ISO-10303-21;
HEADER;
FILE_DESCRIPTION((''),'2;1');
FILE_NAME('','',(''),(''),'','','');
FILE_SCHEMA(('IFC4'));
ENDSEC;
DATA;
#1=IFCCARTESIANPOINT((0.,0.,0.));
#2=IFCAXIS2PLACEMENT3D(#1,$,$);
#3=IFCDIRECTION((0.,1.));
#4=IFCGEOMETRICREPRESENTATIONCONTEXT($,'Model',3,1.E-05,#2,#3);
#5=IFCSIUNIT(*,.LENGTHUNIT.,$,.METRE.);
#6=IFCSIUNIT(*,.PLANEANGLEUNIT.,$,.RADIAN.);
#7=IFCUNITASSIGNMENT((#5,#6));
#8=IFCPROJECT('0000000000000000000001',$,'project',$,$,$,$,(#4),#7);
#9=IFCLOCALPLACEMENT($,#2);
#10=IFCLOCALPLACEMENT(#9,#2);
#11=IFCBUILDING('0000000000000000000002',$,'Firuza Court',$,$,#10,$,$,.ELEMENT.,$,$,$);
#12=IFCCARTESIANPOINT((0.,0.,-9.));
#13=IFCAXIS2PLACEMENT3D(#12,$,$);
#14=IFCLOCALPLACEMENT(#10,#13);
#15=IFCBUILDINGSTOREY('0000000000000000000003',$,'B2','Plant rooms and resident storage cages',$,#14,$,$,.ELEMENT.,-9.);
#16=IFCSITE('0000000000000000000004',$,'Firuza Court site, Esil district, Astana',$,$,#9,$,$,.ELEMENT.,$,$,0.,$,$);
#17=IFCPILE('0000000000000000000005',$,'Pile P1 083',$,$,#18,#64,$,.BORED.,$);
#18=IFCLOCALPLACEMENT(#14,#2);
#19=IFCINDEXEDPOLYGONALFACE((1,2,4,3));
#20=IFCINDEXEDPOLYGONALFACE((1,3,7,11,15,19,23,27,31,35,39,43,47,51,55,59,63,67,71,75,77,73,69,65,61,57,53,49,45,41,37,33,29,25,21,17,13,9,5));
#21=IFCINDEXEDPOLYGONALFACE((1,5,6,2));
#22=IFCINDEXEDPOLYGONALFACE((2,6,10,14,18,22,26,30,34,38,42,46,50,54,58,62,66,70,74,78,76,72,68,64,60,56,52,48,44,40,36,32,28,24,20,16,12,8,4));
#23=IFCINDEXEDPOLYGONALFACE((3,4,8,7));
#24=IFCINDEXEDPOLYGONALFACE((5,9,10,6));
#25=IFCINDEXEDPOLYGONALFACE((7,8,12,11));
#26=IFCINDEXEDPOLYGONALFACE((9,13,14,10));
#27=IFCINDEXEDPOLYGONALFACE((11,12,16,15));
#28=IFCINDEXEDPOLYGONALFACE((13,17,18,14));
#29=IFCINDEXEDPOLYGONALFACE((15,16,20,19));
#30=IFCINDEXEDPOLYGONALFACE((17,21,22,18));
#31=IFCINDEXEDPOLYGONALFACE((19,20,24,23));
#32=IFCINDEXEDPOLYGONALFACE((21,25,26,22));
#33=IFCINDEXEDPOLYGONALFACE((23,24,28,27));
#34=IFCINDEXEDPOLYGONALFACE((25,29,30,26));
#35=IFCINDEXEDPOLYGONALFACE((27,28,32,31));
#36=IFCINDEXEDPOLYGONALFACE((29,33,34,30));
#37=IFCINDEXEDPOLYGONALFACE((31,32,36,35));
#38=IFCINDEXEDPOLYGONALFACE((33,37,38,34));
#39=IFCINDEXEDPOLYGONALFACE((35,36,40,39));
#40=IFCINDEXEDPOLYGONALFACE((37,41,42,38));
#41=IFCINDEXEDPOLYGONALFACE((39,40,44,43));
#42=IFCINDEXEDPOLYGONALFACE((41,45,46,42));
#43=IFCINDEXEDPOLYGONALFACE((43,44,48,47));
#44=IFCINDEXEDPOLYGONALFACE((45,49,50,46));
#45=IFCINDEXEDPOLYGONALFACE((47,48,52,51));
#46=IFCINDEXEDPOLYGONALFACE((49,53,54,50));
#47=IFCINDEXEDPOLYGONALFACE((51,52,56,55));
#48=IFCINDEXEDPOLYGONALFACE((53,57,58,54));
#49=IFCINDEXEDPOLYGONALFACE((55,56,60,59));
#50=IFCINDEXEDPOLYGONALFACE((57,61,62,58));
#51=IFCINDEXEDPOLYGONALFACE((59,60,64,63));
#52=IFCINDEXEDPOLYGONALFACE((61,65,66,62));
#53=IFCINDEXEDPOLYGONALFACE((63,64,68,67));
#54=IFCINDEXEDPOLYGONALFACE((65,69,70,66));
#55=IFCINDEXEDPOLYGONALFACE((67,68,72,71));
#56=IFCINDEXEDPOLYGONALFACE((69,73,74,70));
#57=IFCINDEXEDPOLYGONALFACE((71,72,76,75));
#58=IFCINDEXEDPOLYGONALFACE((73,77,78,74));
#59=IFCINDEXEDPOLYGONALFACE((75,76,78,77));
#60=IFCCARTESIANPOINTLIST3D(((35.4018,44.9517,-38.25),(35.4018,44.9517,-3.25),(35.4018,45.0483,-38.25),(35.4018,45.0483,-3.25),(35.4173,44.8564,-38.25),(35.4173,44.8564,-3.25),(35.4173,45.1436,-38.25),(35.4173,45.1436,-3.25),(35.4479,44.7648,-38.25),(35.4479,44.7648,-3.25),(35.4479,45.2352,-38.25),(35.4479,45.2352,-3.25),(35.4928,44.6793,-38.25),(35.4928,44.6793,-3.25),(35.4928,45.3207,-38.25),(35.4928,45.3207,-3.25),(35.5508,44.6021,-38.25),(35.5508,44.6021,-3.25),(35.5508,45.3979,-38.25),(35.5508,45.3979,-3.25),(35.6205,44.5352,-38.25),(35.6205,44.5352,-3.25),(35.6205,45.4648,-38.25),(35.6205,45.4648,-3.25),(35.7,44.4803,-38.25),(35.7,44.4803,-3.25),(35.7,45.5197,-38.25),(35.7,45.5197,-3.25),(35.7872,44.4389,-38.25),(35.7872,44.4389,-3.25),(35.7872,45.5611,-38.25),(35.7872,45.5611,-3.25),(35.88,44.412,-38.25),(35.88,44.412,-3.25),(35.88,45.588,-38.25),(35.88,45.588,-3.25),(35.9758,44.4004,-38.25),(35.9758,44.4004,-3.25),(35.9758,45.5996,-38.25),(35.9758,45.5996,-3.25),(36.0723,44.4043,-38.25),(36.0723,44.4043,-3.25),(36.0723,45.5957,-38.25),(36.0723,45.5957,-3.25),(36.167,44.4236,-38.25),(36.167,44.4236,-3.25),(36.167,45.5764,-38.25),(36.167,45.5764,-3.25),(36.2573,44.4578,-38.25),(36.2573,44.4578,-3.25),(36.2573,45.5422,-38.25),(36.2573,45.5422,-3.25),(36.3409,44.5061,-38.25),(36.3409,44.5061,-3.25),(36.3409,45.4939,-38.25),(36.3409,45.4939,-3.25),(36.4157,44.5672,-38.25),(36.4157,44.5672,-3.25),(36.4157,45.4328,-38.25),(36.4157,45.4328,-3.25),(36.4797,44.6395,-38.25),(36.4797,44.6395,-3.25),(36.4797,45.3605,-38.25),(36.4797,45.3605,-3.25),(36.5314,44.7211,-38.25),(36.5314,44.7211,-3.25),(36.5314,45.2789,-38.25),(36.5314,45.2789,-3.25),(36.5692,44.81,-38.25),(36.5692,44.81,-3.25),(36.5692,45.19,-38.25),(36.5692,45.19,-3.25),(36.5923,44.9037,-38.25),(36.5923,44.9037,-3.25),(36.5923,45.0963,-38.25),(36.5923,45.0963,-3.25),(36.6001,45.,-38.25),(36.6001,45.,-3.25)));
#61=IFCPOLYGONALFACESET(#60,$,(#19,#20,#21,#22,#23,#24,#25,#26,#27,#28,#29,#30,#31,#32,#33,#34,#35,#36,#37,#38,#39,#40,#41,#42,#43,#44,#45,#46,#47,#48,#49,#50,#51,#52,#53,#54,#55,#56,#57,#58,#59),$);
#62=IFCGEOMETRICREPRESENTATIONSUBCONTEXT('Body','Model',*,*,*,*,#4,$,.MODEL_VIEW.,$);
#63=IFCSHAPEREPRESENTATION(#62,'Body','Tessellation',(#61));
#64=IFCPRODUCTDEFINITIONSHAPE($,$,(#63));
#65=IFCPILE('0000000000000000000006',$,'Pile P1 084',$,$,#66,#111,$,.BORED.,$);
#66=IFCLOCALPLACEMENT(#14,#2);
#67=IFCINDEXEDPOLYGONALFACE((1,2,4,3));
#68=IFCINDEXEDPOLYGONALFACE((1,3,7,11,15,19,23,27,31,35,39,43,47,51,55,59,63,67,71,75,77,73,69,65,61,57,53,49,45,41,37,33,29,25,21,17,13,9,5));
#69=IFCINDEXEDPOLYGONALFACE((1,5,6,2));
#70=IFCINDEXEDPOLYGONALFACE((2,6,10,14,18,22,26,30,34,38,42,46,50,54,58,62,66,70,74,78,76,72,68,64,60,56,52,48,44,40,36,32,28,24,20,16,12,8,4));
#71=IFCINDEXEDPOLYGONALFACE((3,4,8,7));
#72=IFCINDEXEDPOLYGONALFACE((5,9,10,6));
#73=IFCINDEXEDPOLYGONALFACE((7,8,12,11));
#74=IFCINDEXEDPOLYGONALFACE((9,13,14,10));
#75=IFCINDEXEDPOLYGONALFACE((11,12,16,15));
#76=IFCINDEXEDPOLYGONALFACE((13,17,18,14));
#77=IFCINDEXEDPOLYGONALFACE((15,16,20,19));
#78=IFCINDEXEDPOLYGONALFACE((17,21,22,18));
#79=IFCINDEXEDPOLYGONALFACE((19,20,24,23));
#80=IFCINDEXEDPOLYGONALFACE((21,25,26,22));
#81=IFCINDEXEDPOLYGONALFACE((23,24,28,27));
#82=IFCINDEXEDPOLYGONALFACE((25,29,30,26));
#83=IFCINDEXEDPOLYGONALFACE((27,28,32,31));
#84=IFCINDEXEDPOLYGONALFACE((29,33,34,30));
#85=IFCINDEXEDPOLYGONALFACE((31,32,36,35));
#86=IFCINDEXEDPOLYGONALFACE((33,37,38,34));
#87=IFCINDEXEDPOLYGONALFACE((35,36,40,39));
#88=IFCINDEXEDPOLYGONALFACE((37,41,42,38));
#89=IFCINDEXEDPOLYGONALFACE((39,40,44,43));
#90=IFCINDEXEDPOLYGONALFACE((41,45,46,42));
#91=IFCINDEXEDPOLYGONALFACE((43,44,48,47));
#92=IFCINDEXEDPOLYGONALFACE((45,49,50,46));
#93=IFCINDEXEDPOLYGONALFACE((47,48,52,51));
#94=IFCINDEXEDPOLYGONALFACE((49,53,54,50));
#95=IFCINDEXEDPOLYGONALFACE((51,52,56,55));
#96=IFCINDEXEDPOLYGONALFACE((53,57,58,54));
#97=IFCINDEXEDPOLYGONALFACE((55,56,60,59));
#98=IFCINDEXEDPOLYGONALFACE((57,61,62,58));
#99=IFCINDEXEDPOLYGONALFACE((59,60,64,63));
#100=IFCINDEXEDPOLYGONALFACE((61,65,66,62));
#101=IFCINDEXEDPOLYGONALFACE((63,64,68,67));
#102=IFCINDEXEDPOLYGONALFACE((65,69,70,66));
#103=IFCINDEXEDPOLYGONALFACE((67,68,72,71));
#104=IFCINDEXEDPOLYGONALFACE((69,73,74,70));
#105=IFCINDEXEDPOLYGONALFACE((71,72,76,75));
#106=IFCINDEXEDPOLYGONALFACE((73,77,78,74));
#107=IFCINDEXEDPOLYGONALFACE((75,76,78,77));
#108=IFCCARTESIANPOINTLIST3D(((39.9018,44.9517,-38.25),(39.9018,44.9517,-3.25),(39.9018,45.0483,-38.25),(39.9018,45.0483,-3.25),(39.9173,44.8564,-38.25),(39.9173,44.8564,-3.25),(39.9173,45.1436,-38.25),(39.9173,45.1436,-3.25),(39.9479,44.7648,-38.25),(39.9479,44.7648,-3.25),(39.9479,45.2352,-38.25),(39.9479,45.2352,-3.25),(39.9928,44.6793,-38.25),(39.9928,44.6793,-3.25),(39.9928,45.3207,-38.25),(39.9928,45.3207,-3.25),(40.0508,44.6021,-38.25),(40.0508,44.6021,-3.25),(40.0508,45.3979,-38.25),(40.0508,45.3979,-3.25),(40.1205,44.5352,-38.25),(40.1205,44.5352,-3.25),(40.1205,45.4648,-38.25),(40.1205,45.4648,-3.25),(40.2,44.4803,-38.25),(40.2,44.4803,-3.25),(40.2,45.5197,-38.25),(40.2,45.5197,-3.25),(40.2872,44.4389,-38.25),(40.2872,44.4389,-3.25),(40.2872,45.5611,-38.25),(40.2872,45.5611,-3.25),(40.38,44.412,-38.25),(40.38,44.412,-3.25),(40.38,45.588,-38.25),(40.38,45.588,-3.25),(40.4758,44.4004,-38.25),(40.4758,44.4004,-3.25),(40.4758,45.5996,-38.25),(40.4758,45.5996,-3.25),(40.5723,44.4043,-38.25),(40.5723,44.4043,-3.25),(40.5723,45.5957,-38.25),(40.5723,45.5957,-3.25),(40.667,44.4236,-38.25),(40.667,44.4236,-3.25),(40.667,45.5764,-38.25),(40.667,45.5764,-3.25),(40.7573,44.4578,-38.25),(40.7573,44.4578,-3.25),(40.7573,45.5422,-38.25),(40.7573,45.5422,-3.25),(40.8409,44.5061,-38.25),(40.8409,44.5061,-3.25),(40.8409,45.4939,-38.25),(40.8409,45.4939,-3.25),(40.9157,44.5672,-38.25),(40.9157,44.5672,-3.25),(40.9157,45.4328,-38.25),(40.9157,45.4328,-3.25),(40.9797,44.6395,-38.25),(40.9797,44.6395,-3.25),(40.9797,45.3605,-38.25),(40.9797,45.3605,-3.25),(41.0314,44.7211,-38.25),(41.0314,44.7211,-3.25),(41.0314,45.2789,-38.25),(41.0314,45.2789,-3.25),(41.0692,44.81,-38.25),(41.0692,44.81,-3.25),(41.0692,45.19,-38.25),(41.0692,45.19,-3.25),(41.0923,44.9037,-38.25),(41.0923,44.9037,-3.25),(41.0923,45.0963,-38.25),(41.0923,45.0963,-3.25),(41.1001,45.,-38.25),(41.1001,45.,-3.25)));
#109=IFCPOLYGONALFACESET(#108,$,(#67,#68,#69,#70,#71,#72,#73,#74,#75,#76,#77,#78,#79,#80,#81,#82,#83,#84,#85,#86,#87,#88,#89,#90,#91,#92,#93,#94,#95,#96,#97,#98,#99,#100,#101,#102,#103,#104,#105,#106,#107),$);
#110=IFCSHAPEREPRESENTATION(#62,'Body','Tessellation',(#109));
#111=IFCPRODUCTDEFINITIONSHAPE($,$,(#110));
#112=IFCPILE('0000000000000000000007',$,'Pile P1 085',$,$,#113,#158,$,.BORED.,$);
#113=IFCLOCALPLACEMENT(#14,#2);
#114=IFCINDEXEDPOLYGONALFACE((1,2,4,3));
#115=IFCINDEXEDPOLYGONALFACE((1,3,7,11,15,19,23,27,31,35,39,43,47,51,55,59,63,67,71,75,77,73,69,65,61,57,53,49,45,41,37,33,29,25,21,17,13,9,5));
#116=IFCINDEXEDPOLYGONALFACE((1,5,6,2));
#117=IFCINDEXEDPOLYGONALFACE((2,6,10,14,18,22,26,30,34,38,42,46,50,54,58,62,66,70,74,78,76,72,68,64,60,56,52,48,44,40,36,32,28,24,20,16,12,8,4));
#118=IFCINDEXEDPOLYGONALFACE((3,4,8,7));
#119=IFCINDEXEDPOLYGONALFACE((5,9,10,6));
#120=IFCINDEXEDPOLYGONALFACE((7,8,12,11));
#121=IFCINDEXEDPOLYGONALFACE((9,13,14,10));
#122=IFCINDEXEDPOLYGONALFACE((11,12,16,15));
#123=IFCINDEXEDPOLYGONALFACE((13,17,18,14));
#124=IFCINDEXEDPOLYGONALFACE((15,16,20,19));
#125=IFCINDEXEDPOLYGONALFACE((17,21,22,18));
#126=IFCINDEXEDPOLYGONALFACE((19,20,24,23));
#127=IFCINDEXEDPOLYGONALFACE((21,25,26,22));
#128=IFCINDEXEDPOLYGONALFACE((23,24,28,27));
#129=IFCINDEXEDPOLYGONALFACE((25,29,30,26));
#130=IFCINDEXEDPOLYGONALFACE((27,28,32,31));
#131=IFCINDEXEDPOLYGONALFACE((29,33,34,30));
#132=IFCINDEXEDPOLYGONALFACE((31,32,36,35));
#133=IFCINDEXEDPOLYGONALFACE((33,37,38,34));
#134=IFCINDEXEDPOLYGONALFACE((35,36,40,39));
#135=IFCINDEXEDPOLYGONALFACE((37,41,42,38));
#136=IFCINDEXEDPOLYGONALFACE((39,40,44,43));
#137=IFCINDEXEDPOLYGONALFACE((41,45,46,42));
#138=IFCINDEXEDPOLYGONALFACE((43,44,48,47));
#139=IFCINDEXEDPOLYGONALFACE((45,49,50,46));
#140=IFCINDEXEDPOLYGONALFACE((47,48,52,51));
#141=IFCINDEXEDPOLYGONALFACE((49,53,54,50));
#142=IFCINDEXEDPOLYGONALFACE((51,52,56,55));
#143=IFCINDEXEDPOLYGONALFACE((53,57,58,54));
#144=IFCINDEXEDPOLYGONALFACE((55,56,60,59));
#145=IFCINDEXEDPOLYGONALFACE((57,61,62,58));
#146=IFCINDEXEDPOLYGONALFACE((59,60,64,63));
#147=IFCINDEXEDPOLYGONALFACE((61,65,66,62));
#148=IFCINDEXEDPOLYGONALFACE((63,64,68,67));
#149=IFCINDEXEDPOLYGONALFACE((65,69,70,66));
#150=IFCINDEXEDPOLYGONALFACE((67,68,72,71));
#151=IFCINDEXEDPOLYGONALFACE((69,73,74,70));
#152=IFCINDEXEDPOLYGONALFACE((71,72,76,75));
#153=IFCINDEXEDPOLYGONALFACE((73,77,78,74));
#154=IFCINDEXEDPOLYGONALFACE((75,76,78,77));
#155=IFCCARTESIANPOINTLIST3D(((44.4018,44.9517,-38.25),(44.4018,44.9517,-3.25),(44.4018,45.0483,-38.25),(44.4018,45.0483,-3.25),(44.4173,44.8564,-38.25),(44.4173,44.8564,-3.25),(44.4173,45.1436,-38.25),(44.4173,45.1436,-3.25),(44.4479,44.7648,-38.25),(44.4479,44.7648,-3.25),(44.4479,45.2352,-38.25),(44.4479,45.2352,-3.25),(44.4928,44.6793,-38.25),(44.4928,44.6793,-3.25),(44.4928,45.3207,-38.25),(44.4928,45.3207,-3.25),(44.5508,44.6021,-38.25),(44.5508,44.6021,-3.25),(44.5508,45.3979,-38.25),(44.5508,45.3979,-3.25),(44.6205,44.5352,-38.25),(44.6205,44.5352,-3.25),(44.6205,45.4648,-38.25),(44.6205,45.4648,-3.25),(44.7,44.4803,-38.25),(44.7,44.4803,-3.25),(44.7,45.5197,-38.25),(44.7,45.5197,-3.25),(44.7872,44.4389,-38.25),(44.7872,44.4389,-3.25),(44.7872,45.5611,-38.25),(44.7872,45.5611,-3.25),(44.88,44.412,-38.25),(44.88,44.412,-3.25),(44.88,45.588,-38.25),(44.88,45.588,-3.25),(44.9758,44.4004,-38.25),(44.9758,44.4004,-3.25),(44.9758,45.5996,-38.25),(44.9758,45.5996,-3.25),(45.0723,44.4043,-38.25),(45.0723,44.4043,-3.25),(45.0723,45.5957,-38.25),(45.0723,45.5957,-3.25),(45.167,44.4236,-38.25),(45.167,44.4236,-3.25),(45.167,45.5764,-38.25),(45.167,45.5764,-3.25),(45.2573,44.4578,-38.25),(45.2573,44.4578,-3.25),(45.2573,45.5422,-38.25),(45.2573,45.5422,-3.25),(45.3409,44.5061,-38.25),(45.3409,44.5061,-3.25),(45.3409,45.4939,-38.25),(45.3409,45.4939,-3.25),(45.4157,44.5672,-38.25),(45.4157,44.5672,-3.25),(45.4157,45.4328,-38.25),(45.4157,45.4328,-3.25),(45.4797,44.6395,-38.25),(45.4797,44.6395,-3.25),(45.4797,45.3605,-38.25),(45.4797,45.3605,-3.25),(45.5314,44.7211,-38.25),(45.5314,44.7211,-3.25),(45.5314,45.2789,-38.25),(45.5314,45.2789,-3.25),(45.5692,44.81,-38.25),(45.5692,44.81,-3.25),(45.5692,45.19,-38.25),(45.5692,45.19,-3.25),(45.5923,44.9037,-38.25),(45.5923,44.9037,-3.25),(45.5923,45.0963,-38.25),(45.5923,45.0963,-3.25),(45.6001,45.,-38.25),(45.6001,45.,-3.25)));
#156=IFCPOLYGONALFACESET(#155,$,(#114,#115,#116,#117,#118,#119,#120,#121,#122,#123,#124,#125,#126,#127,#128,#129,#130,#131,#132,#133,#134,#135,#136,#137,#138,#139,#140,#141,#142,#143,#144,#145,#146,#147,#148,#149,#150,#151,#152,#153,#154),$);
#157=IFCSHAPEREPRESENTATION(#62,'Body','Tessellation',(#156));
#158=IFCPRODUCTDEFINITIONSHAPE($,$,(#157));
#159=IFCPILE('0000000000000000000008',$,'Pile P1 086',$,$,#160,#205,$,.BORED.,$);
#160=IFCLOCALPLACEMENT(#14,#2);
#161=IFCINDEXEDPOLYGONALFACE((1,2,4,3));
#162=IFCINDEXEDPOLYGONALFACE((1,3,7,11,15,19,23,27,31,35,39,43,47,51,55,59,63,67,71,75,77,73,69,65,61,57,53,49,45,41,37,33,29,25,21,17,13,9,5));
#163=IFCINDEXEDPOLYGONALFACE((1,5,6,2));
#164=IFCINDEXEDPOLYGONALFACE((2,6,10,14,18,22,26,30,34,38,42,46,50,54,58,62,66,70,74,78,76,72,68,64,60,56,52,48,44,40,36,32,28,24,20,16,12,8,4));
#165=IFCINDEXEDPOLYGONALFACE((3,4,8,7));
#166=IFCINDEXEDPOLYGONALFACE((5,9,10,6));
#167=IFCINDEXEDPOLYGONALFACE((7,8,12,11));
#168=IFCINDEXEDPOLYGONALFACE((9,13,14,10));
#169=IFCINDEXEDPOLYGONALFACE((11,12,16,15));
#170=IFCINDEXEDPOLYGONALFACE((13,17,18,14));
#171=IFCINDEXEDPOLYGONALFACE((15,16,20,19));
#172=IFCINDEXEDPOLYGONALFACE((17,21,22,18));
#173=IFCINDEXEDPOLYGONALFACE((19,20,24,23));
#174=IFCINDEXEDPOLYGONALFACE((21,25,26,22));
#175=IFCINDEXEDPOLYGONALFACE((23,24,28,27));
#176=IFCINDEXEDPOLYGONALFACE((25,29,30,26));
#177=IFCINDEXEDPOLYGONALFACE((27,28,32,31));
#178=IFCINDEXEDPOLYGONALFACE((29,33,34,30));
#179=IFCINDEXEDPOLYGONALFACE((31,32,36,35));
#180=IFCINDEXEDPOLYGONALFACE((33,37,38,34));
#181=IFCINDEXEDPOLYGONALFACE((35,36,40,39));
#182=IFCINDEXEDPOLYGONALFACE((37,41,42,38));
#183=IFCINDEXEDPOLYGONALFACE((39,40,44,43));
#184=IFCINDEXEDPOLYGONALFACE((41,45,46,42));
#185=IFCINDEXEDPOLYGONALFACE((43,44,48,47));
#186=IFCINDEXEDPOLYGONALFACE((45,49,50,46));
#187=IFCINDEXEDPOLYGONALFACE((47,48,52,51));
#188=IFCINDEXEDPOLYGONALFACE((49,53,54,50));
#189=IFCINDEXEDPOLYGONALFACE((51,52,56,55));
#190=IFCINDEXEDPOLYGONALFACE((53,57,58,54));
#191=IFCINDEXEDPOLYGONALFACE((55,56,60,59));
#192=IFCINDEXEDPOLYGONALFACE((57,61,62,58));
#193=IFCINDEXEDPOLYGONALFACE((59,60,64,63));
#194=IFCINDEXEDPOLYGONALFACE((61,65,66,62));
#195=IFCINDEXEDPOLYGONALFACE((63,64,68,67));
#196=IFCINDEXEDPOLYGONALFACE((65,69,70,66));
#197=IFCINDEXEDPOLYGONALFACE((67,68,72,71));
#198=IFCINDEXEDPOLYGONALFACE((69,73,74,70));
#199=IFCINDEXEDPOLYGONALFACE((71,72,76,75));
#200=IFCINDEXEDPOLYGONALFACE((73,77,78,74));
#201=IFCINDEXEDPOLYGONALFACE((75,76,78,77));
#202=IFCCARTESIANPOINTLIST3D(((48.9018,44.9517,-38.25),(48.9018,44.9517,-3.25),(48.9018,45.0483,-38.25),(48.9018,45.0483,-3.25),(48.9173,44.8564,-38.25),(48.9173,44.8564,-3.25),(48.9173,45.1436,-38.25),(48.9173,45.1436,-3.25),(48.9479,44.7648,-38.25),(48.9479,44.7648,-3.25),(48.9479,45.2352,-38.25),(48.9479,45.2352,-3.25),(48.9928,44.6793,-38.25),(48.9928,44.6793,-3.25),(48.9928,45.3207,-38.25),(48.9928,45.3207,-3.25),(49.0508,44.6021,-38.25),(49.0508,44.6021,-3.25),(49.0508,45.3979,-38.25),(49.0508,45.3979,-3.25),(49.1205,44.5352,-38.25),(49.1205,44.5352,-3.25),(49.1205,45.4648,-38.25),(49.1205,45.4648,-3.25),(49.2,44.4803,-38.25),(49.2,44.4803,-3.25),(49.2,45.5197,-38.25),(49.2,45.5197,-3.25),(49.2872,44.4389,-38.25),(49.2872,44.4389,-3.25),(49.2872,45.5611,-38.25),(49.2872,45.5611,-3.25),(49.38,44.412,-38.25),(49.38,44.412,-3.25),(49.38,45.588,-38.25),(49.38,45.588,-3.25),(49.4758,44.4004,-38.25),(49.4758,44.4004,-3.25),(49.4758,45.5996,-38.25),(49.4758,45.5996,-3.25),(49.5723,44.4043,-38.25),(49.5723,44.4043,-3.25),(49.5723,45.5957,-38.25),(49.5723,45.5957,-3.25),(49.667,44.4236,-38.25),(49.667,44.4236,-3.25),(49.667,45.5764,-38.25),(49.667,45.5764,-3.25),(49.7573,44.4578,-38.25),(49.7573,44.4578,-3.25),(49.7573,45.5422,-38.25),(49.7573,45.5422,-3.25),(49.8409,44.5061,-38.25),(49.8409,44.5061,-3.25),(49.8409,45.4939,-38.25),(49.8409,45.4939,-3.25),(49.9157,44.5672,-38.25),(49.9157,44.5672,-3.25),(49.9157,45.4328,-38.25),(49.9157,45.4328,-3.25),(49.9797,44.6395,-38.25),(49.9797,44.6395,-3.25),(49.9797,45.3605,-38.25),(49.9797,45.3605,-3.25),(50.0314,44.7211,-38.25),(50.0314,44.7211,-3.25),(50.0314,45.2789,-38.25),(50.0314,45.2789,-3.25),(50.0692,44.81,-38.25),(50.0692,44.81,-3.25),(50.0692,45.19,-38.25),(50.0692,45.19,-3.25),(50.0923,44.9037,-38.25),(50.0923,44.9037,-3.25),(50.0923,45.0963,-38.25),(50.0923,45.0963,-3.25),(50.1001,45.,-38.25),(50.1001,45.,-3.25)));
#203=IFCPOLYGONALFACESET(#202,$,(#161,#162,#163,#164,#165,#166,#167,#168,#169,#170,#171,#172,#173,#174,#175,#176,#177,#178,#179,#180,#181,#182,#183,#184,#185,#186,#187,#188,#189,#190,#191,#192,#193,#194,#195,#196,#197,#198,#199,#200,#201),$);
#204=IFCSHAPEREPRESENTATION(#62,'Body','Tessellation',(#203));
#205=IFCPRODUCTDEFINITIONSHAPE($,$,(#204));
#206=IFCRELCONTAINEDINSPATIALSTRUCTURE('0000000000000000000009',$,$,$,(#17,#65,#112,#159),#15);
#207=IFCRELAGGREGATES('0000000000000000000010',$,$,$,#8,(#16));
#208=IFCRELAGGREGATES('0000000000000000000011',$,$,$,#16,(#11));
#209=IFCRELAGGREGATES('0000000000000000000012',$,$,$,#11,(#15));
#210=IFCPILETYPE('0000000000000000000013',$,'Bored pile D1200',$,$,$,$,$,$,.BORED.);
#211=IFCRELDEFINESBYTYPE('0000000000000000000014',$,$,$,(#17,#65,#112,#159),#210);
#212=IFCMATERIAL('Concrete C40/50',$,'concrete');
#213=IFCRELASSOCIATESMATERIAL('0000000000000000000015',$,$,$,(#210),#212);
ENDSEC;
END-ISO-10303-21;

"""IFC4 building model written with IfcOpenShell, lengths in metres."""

from ifc_helpers import new_model, si_unit, direction, frame, origin, origin_2d, place, context, subcontext, project, spatial, circle, extrude, material, material_profile, profile_set, type_object, element, save


model = new_model("IFC4")

# Units and contexts
model_context = context("Model", 3, precision=1e-05, world=origin(), true_north=direction((0.0, 1.0)))
body_context = subcontext(model_context, "Body", "Model", "MODEL_VIEW")
ifc_project = project(units=[si_unit("LENGTHUNIT", "METRE"), si_unit("PLANEANGLEUNIT", "RADIAN")], contexts=[model_context])

# Site, building, storey
site_placement = place(None, origin())
site = spatial("IfcSite", under=ifc_project, at=site_placement, Name="Firuza Court site, Esil district, Astana", CompositionType="ELEMENT", RefElevation=0.0)
building_placement = place(site_placement, origin())
building = spatial("IfcBuilding", under=site, at=building_placement, Name="Firuza Court", CompositionType="ELEMENT")
storey_placement = place(building_placement, frame((0.0, 0.0, -9.0)))
storey = spatial("IfcBuildingStorey", under=building, at=storey_placement, Name="B2", Description="Plant rooms and resident storage cages", CompositionType="ELEMENT", Elevation=-9.0)

# Piles
ifc_material_1 = material(Name="Concrete C40/50", Category="concrete")
ifc_material_profile_1 = material_profile(ifc_material_1, circle(Radius=0.6001, at=origin_2d()), Name="Pile D1200")
ifc_profile_set_1 = profile_set([ifc_material_profile_1], Name="Concrete C40/50")
pile_type = type_object("IfcPileType", Name="Bored pile D1200", PredefinedType="BORED", material=ifc_profile_set_1)
for number, where, z_axis, x_axis, name in (
    (1, (36.0, 45.0, -3.25), (0.0, 0.0, -1.0), (1.0, 0.0, 0.0), "Pile P1 083"),
    (2, (40.5, 45.0, -3.25), (0.0, 0.0, -1.0), (1.0, 0.0, 0.0), "Pile P1 084"),
    (3, (45.0, 45.0, -3.25), (0.0, 0.0, -1.0), (1.0, 0.0, 0.0), "Pile P1 085"),
    (4, (49.5, 45.0, -3.25), (0.0, 0.0, -1.0), (1.0, 0.0, 0.0), "Pile P1 086"),
):
    element("IfcPile", number, at=place(storey_placement, frame(where, z_axis=z_axis, x_axis=x_axis)), inside=storey, type_object=pile_type, Name=name, PredefinedType="BORED", context=body_context, shape_type="SweptSolid", body=[
        extrude(circle(Radius=0.6001, at=origin_2d()), origin(), (0.0, 0.0, 1.0), 35.0),
    ])

save(model, "model.ifc")
